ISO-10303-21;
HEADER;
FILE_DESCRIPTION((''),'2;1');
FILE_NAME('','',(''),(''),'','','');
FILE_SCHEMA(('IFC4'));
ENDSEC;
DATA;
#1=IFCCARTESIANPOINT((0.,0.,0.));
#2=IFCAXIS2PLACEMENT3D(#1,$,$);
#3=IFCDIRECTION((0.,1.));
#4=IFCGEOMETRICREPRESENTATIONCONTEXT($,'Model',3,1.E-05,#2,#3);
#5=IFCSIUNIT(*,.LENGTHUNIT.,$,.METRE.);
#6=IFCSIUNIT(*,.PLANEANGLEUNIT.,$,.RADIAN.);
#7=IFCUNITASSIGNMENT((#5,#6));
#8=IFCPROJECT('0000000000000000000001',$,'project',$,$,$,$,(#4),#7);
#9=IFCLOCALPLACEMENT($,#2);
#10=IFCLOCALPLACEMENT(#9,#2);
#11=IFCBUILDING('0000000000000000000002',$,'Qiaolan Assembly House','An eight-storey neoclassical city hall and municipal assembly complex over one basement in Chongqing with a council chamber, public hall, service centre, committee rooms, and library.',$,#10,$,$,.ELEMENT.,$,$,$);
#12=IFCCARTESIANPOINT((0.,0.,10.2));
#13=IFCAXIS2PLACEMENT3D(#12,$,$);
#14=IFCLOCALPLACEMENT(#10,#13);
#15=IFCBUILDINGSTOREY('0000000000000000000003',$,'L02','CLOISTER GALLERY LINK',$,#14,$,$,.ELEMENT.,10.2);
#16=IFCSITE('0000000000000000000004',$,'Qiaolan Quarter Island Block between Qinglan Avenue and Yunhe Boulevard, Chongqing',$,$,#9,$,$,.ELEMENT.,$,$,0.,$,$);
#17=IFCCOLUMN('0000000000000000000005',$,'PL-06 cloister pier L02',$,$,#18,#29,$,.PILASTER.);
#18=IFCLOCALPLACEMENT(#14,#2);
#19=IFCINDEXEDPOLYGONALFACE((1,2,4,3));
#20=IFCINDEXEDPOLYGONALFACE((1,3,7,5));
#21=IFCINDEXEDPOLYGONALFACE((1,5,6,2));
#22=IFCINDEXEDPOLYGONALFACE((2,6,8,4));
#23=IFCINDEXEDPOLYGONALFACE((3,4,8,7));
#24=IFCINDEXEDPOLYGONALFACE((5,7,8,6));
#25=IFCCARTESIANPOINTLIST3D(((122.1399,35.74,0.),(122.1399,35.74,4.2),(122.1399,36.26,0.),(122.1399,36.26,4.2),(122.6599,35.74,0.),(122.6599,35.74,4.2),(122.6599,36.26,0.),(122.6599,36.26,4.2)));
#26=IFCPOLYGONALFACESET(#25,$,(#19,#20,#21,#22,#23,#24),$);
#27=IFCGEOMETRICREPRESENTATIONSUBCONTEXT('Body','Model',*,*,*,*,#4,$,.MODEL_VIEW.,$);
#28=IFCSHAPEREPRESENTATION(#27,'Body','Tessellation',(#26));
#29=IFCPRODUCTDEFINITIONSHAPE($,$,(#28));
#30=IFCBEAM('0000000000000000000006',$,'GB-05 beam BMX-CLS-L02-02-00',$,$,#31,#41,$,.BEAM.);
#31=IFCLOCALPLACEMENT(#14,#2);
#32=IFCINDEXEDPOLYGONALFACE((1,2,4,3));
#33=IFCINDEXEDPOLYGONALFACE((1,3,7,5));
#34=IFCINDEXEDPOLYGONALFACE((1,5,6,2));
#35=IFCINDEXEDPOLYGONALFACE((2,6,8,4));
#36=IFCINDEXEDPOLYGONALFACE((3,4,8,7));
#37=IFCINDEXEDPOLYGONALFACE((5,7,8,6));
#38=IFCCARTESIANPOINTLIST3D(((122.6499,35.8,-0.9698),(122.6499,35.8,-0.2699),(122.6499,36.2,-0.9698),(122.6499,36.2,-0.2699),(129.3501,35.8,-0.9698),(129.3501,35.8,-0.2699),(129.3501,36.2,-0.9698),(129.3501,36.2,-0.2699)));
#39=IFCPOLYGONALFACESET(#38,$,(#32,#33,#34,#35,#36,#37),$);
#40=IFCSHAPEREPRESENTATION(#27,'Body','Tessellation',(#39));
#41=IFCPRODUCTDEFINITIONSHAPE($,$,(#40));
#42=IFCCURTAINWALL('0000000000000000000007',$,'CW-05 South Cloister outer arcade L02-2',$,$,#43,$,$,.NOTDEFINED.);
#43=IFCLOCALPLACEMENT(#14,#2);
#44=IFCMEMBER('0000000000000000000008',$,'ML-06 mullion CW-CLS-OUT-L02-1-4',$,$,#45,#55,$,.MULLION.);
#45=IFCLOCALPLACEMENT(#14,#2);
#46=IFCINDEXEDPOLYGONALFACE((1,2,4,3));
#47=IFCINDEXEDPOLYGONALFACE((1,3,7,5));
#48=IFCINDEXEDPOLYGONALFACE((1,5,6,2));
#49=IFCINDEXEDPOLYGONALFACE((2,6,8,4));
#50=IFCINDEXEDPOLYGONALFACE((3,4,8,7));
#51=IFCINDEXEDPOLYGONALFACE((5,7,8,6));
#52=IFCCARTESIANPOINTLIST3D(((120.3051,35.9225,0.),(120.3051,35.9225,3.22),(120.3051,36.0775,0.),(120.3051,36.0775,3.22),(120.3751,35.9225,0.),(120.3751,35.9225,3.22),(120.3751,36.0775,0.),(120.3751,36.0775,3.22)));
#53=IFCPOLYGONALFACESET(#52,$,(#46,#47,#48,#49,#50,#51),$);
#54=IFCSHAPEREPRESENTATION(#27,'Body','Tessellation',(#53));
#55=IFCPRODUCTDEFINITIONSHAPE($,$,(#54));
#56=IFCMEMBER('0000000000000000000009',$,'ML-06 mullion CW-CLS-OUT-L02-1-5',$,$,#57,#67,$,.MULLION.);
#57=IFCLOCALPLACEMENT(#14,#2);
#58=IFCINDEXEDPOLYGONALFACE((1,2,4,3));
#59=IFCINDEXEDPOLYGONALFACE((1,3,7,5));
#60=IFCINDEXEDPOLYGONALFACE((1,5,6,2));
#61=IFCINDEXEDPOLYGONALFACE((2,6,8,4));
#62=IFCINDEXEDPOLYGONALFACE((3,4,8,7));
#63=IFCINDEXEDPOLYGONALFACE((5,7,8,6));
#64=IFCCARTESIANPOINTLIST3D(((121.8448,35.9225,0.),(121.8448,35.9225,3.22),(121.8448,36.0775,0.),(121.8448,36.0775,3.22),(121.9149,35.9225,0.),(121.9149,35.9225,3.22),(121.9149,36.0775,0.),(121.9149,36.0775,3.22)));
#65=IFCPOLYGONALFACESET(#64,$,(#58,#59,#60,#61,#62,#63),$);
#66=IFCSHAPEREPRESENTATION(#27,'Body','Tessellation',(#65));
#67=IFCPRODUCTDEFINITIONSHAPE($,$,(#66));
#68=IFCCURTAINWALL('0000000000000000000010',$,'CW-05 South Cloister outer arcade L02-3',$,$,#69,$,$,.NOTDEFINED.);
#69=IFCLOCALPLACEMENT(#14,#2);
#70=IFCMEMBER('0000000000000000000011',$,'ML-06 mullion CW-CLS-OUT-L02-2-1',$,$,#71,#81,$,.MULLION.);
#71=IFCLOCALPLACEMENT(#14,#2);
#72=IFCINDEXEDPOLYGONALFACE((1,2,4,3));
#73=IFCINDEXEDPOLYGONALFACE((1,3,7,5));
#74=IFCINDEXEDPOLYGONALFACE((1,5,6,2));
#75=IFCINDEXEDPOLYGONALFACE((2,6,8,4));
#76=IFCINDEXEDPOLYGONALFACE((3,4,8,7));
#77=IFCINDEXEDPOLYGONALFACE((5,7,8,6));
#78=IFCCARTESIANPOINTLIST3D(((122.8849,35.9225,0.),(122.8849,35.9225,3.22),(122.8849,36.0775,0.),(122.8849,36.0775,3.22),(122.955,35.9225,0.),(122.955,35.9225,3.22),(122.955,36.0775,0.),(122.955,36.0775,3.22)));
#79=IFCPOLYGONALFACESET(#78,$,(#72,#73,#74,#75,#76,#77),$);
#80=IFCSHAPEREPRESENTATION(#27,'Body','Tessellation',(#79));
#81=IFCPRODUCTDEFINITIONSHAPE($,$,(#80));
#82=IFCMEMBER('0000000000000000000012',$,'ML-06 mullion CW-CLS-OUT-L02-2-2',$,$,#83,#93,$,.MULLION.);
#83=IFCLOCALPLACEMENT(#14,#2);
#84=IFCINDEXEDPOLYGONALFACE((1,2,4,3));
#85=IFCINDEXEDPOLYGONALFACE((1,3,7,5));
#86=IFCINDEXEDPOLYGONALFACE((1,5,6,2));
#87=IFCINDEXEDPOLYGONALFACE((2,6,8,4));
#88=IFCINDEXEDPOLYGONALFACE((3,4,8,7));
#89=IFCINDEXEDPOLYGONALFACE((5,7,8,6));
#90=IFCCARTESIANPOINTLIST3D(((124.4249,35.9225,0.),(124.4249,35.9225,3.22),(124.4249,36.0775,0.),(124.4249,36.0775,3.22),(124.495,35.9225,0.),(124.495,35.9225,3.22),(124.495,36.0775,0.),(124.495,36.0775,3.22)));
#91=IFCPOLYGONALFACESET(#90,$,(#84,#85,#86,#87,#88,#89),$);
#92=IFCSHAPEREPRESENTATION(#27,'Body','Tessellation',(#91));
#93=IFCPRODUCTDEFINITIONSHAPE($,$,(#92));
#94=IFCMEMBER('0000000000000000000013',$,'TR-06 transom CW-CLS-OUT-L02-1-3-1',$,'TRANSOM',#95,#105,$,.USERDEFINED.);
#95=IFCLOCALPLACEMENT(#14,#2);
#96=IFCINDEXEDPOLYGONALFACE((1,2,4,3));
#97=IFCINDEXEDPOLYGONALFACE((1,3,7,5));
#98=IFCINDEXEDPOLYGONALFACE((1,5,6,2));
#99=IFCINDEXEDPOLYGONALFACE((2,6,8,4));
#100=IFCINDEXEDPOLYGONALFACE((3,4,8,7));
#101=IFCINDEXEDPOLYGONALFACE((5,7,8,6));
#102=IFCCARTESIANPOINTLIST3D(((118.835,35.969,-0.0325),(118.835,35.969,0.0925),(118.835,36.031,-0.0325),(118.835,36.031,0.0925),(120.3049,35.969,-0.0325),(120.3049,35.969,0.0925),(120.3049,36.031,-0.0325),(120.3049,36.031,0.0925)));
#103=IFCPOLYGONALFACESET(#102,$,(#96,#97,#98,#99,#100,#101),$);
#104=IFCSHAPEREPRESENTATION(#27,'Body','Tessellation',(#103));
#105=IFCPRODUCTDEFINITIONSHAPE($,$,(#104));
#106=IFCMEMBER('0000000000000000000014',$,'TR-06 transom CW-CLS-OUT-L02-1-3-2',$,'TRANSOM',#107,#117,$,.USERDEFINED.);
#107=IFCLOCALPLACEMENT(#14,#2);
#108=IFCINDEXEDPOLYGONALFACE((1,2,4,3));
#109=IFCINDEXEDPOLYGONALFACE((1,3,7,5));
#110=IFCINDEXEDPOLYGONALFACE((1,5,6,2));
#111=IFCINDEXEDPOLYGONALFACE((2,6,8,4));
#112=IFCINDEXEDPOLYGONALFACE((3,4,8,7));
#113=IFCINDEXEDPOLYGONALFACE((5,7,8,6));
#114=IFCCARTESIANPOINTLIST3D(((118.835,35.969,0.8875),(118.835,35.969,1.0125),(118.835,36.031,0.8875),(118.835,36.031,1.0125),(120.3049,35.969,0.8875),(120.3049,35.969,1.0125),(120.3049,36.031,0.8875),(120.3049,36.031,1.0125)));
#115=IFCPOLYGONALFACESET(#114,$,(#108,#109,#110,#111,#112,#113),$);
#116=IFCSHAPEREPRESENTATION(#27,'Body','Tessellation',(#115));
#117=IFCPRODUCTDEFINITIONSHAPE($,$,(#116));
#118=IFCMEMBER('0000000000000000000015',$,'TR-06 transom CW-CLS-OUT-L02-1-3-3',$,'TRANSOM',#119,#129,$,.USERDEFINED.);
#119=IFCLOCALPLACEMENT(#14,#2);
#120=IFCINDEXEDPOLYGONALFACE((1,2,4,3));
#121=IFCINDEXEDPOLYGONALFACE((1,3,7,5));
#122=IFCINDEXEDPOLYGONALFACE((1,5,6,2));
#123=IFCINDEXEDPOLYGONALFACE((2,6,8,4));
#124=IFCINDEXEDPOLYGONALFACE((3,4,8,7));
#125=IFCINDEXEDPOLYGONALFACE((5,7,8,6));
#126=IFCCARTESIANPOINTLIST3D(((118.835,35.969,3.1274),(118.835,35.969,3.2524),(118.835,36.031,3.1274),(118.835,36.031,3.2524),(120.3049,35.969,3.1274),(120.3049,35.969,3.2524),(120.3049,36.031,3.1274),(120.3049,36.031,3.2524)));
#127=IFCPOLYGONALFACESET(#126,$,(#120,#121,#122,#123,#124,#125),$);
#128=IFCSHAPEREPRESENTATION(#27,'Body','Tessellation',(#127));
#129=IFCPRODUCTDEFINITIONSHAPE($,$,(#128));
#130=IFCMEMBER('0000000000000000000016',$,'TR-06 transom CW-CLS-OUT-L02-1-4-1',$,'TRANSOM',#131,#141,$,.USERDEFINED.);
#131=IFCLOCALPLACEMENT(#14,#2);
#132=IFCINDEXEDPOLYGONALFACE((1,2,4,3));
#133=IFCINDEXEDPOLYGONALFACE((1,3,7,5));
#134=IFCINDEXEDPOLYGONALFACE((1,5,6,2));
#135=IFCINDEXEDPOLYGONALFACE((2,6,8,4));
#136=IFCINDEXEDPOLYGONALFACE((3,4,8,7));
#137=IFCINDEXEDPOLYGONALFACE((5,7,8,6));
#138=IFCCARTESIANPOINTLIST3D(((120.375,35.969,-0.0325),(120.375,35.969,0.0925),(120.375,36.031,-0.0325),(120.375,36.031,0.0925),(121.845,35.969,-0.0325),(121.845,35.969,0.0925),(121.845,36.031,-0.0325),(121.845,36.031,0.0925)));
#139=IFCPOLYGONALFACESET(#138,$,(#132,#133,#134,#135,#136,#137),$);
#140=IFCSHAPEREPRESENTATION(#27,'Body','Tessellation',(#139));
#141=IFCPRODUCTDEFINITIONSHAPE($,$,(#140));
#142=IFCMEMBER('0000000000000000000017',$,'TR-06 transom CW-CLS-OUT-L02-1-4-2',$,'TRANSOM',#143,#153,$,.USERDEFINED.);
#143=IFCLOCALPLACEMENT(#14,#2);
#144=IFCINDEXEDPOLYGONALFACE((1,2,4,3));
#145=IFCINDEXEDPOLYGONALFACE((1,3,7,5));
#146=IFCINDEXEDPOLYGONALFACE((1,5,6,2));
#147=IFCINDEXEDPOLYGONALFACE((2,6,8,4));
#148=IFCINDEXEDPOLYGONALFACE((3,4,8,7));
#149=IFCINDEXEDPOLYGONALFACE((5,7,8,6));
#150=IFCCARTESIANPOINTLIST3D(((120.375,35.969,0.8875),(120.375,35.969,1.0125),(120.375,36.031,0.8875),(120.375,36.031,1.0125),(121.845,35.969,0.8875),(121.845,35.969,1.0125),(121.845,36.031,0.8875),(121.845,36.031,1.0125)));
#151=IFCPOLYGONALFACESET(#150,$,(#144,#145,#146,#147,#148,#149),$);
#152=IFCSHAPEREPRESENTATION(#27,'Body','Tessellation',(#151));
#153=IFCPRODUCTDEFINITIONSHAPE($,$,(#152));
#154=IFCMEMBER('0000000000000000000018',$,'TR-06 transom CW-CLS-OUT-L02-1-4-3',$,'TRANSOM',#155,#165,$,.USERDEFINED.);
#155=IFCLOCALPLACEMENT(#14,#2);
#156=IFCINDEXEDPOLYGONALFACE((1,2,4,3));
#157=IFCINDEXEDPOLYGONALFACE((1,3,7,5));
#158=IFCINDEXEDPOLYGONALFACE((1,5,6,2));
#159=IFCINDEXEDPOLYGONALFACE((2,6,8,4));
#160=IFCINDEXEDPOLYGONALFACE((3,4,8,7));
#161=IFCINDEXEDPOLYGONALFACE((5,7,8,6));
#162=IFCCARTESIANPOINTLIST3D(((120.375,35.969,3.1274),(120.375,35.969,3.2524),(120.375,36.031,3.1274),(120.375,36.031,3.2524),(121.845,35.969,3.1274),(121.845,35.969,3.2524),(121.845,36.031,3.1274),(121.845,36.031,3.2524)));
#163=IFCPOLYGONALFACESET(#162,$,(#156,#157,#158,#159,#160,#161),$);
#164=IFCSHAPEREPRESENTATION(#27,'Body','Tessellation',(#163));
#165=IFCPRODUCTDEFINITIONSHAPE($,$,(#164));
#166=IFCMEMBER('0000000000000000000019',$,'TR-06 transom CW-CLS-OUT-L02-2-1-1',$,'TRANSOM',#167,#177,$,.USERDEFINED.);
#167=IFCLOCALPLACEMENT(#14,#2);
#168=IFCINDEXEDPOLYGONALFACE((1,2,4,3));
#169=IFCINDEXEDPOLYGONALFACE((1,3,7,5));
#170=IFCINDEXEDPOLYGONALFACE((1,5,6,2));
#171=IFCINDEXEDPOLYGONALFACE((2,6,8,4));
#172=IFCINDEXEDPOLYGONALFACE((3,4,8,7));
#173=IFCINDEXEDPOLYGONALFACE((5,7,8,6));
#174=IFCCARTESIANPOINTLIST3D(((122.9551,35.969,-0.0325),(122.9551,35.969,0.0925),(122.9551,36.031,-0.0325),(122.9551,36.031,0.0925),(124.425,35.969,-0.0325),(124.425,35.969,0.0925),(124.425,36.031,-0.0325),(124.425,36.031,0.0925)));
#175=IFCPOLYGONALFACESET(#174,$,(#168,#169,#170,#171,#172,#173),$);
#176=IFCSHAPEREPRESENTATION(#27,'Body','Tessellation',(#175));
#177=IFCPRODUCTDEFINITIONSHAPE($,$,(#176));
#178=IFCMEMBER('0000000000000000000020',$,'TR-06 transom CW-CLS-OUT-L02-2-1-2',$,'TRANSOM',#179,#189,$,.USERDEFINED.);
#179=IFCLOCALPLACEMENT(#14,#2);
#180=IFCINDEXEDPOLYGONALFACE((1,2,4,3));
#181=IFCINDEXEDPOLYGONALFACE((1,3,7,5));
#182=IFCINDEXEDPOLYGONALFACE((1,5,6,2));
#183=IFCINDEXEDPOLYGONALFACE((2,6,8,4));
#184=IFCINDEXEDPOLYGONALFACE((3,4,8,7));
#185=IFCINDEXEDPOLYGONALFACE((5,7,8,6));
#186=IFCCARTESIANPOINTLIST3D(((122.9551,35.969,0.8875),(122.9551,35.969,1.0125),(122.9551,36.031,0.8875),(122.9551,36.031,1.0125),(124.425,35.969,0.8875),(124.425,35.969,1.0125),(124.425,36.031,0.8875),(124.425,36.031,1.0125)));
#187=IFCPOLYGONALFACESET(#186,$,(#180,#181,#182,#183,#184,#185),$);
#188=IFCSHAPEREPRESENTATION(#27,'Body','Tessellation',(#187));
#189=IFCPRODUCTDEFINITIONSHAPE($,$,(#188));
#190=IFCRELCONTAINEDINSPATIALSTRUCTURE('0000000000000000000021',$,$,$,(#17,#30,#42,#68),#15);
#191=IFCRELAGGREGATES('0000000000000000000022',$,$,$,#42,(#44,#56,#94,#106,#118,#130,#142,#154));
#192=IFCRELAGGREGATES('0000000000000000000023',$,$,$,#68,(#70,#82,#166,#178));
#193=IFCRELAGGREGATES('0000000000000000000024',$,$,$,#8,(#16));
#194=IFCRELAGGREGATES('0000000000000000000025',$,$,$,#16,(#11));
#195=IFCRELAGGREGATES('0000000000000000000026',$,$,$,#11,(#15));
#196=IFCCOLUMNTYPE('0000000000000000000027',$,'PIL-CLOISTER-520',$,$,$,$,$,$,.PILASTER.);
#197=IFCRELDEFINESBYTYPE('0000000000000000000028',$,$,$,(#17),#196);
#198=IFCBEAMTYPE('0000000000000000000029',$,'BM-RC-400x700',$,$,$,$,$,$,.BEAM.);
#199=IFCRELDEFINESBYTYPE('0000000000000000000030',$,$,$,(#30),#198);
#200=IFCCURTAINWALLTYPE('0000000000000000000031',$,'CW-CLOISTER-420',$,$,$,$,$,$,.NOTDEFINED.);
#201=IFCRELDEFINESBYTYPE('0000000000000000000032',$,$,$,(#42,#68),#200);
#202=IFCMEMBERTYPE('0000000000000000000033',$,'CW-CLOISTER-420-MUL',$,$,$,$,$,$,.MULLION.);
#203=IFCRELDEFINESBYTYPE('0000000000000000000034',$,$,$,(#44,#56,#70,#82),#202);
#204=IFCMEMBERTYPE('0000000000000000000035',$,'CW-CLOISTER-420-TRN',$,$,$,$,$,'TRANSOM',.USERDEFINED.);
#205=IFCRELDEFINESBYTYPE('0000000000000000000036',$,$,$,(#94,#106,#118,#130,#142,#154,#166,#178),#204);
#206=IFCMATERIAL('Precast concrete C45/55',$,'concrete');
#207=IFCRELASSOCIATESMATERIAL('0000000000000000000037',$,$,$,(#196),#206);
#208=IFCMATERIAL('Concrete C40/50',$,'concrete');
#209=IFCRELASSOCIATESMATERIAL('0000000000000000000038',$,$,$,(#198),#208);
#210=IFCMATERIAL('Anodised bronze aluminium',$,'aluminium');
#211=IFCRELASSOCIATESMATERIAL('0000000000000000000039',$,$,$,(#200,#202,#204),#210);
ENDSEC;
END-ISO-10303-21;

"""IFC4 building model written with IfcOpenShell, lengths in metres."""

from ifc_helpers import new_model, si_unit, direction, frame, origin, origin_2d, place, context, subcontext, project, spatial, rectangle, extrude, material, material_profile, profile_set, type_object, element, aggregate, save


model = new_model("IFC4")

# Units and contexts
model_context = context("Model", 3, precision=1e-05, world=origin(), true_north=direction((0.0, 1.0)))
body_context = subcontext(model_context, "Body", "Model", "MODEL_VIEW")
ifc_project = project(units=[si_unit("LENGTHUNIT", "METRE"), si_unit("PLANEANGLEUNIT", "RADIAN")], contexts=[model_context])

# Site, building, storey
site_placement = place(None, origin())
site = spatial("IfcSite", under=ifc_project, at=site_placement, Name="Qiaolan Quarter Island Block between Qinglan Avenue and Yunhe Boulevard, Chongqing", CompositionType="ELEMENT", RefElevation=0.0)
building_placement = place(site_placement, origin())
building = spatial("IfcBuilding", under=site, at=building_placement, Name="Qiaolan Assembly House", Description="An eight-storey neoclassical city hall and municipal assembly complex over one basement in Chongqing with a council chamber, public hall, service centre, committee rooms, and library.", CompositionType="ELEMENT")
storey_placement = place(building_placement, frame((0.0, 0.0, 10.2)))
storey = spatial("IfcBuildingStorey", under=building, at=storey_placement, Name="L02", Description="CLOISTER GALLERY LINK", CompositionType="ELEMENT", Elevation=10.2)

# Column
ifc_material_1 = material(Name="Precast concrete C45/55", Category="concrete")
ifc_material_profile_1 = material_profile(ifc_material_1, rectangle(XDim=0.52, YDim=0.52, at=origin_2d()), Name="PIL 520x520")
ifc_profile_set_1 = profile_set([ifc_material_profile_1], Name="Precast concrete C45/55")
column_type = type_object("IfcColumnType", Name="PIL-CLOISTER-520", PredefinedType="PILASTER", material=ifc_profile_set_1)
column_placement = place(storey_placement, frame((122.3999, 36.0, 0.0), z_axis=(0.0, 0.0, 1.0), x_axis=(1.0, 0.0, 0.0)))
element("IfcColumn", 1, at=column_placement, inside=storey, type_object=column_type, Name="PL-06 cloister pier L02", PredefinedType="PILASTER", context=body_context, shape_type="SweptSolid", body=[
    extrude(rectangle(XDim=0.52, YDim=0.52, at=origin_2d()), origin(), (0.0, 0.0, 1.0), 4.2),
])

# Beam
ifc_material_2 = material(Name="Concrete C40/50", Category="concrete")
ifc_material_profile_2 = material_profile(ifc_material_2, rectangle(XDim=0.3999, YDim=0.7, at=origin_2d()), Name="RCB 400x700")
ifc_profile_set_2 = profile_set([ifc_material_profile_2], Name="Concrete C40/50")
beam_type_1 = type_object("IfcBeamType", Name="BM-RC-400x700", PredefinedType="BEAM", material=ifc_profile_set_2)
beam_1_placement = place(storey_placement, frame((122.6499, 36.0, -0.6199), z_axis=(1.0, 0.0, 0.0), x_axis=(0.0, 1.0, 0.0)))
element("IfcBeam", 2, at=beam_1_placement, inside=storey, type_object=beam_type_1, Name="GB-05 beam BMX-CLS-L02-02-00", PredefinedType="BEAM", context=body_context, shape_type="SweptSolid", body=[
    extrude(rectangle(XDim=0.3999, YDim=0.7, at=origin_2d()), origin(), (0.0, 0.0, 1.0), 6.7002),
])

# Curtain walls, members
ifc_material_3 = material(Name="Anodised bronze aluminium", Category="aluminium")
curtain_wall_type = type_object("IfcCurtainWallType", Name="CW-CLOISTER-420", PredefinedType="NOTDEFINED", material=ifc_material_3)
curtain_wall_1_placement = place(storey_placement, origin())
curtain_wall_1 = element("IfcCurtainWall", 3, at=curtain_wall_1_placement, inside=storey, type_object=curtain_wall_type, Name="CW-05 South Cloister outer arcade L02-2", PredefinedType="NOTDEFINED")
ifc_material_profile_3 = material_profile(ifc_material_3, rectangle(XDim=0.0701, YDim=0.155, at=origin_2d()), Name="MUL 70x155")
ifc_profile_set_3 = profile_set([ifc_material_profile_3], Name="Anodised bronze aluminium")
member_type_1 = type_object("IfcMemberType", Name="CW-CLOISTER-420-MUL", PredefinedType="MULLION", material=ifc_profile_set_3)
member_1_placement = place(storey_placement, frame((120.3401, 36.0, 0.0), z_axis=(0.0, 0.0, 1.0), x_axis=(1.0, 0.0, 0.0)))
member_1 = element("IfcMember", 4, at=member_1_placement, type_object=member_type_1, Name="ML-06 mullion CW-CLS-OUT-L02-1-4", PredefinedType="MULLION", context=body_context, shape_type="SweptSolid", body=[
    extrude(rectangle(XDim=0.0701, YDim=0.155, at=origin_2d()), origin(), (0.0, 0.0, 1.0), 3.22),
])
member_2_placement = place(storey_placement, frame((121.8799, 36.0, 0.0), z_axis=(0.0, 0.0, 1.0), x_axis=(1.0, 0.0, 0.0)))
member_2 = element("IfcMember", 5, at=member_2_placement, type_object=member_type_1, Name="ML-06 mullion CW-CLS-OUT-L02-1-5", PredefinedType="MULLION", context=body_context, shape_type="SweptSolid", body=[
    extrude(rectangle(XDim=0.0701, YDim=0.155, at=origin_2d()), origin(), (0.0, 0.0, 1.0), 3.22),
])
curtain_wall_2_placement = place(storey_placement, origin())
curtain_wall_2 = element("IfcCurtainWall", 6, at=curtain_wall_2_placement, inside=storey, type_object=curtain_wall_type, Name="CW-05 South Cloister outer arcade L02-3", PredefinedType="NOTDEFINED")
member_3_placement = place(storey_placement, frame((122.9199, 36.0, 0.0), z_axis=(0.0, 0.0, 1.0), x_axis=(1.0, 0.0, 0.0)))
member_3 = element("IfcMember", 7, at=member_3_placement, type_object=member_type_1, Name="ML-06 mullion CW-CLS-OUT-L02-2-1", PredefinedType="MULLION", context=body_context, shape_type="SweptSolid", body=[
    extrude(rectangle(XDim=0.0701, YDim=0.155, at=origin_2d()), origin(), (0.0, 0.0, 1.0), 3.22),
])
member_4_placement = place(storey_placement, frame((124.46, 36.0, 0.0), z_axis=(0.0, 0.0, 1.0), x_axis=(1.0, 0.0, 0.0)))
member_4 = element("IfcMember", 8, at=member_4_placement, type_object=member_type_1, Name="ML-06 mullion CW-CLS-OUT-L02-2-2", PredefinedType="MULLION", context=body_context, shape_type="SweptSolid", body=[
    extrude(rectangle(XDim=0.0701, YDim=0.155, at=origin_2d()), origin(), (0.0, 0.0, 1.0), 3.22),
])

# Members
ifc_material_profile_4 = material_profile(ifc_material_3, rectangle(XDim=0.062, YDim=0.125, at=origin_2d()), Name="TRN 62x125")
ifc_profile_set_4 = profile_set([ifc_material_profile_4], Name="Anodised bronze aluminium")
member_type_2 = type_object("IfcMemberType", Name="CW-CLOISTER-420-TRN", ElementType="TRANSOM", PredefinedType="USERDEFINED", material=ifc_profile_set_4)
member_5_placement = place(storey_placement, frame((118.835, 36.0, 0.03), z_axis=(1.0, 0.0, 0.0), x_axis=(0.0, 1.0, 0.0)))
member_5 = element("IfcMember", 9, at=member_5_placement, type_object=member_type_2, Name="TR-06 transom CW-CLS-OUT-L02-1-3-1", ObjectType="TRANSOM", PredefinedType="USERDEFINED", context=body_context, shape_type="SweptSolid", body=[
    extrude(rectangle(XDim=0.062, YDim=0.125, at=origin_2d()), origin(), (0.0, 0.0, 1.0), 1.47),
])
member_6_placement = place(storey_placement, frame((118.835, 36.0, 0.95), z_axis=(1.0, 0.0, 0.0), x_axis=(0.0, 1.0, 0.0)))
member_6 = element("IfcMember", 10, at=member_6_placement, type_object=member_type_2, Name="TR-06 transom CW-CLS-OUT-L02-1-3-2", ObjectType="TRANSOM", PredefinedType="USERDEFINED", context=body_context, shape_type="SweptSolid", body=[
    extrude(rectangle(XDim=0.062, YDim=0.125, at=origin_2d()), origin(), (0.0, 0.0, 1.0), 1.47),
])
member_7_placement = place(storey_placement, frame((118.835, 36.0, 3.1899), z_axis=(1.0, 0.0, 0.0), x_axis=(0.0, 1.0, 0.0)))
member_7 = element("IfcMember", 11, at=member_7_placement, type_object=member_type_2, Name="TR-06 transom CW-CLS-OUT-L02-1-3-3", ObjectType="TRANSOM", PredefinedType="USERDEFINED", context=body_context, shape_type="SweptSolid", body=[
    extrude(rectangle(XDim=0.062, YDim=0.125, at=origin_2d()), origin(), (0.0, 0.0, 1.0), 1.47),
])
member_8_placement = place(storey_placement, frame((120.375, 36.0, 0.03), z_axis=(1.0, 0.0, 0.0), x_axis=(0.0, 1.0, 0.0)))
member_8 = element("IfcMember", 12, at=member_8_placement, type_object=member_type_2, Name="TR-06 transom CW-CLS-OUT-L02-1-4-1", ObjectType="TRANSOM", PredefinedType="USERDEFINED", context=body_context, shape_type="SweptSolid", body=[
    extrude(rectangle(XDim=0.062, YDim=0.125, at=origin_2d()), origin(), (0.0, 0.0, 1.0), 1.47),
])
member_9_placement = place(storey_placement, frame((120.375, 36.0, 0.95), z_axis=(1.0, 0.0, 0.0), x_axis=(0.0, 1.0, 0.0)))
member_9 = element("IfcMember", 13, at=member_9_placement, type_object=member_type_2, Name="TR-06 transom CW-CLS-OUT-L02-1-4-2", ObjectType="TRANSOM", PredefinedType="USERDEFINED", context=body_context, shape_type="SweptSolid", body=[
    extrude(rectangle(XDim=0.062, YDim=0.125, at=origin_2d()), origin(), (0.0, 0.0, 1.0), 1.47),
])
member_10_placement = place(storey_placement, frame((120.375, 36.0, 3.1899), z_axis=(1.0, 0.0, 0.0), x_axis=(0.0, 1.0, 0.0)))
member_10 = element("IfcMember", 14, at=member_10_placement, type_object=member_type_2, Name="TR-06 transom CW-CLS-OUT-L02-1-4-3", ObjectType="TRANSOM", PredefinedType="USERDEFINED", context=body_context, shape_type="SweptSolid", body=[
    extrude(rectangle(XDim=0.062, YDim=0.125, at=origin_2d()), origin(), (0.0, 0.0, 1.0), 1.47),
])
member_11_placement = place(storey_placement, frame((122.9551, 36.0, 0.03), z_axis=(1.0, 0.0, 0.0), x_axis=(0.0, 1.0, 0.0)))
member_11 = element("IfcMember", 15, at=member_11_placement, type_object=member_type_2, Name="TR-06 transom CW-CLS-OUT-L02-2-1-1", ObjectType="TRANSOM", PredefinedType="USERDEFINED", context=body_context, shape_type="SweptSolid", body=[
    extrude(rectangle(XDim=0.062, YDim=0.125, at=origin_2d()), origin(), (0.0, 0.0, 1.0), 1.47),
])
member_12_placement = place(storey_placement, frame((122.9551, 36.0, 0.95), z_axis=(1.0, 0.0, 0.0), x_axis=(0.0, 1.0, 0.0)))
member_12 = element("IfcMember", 16, at=member_12_placement, type_object=member_type_2, Name="TR-06 transom CW-CLS-OUT-L02-2-1-2", ObjectType="TRANSOM", PredefinedType="USERDEFINED", context=body_context, shape_type="SweptSolid", body=[
    extrude(rectangle(XDim=0.062, YDim=0.125, at=origin_2d()), origin(), (0.0, 0.0, 1.0), 1.47),
])

aggregate(curtain_wall_1, [member_1, member_2, member_5, member_6, member_7, member_8, member_9, member_10])
aggregate(curtain_wall_2, [member_3, member_4, member_11, member_12])

save(model, "model.ifc")
